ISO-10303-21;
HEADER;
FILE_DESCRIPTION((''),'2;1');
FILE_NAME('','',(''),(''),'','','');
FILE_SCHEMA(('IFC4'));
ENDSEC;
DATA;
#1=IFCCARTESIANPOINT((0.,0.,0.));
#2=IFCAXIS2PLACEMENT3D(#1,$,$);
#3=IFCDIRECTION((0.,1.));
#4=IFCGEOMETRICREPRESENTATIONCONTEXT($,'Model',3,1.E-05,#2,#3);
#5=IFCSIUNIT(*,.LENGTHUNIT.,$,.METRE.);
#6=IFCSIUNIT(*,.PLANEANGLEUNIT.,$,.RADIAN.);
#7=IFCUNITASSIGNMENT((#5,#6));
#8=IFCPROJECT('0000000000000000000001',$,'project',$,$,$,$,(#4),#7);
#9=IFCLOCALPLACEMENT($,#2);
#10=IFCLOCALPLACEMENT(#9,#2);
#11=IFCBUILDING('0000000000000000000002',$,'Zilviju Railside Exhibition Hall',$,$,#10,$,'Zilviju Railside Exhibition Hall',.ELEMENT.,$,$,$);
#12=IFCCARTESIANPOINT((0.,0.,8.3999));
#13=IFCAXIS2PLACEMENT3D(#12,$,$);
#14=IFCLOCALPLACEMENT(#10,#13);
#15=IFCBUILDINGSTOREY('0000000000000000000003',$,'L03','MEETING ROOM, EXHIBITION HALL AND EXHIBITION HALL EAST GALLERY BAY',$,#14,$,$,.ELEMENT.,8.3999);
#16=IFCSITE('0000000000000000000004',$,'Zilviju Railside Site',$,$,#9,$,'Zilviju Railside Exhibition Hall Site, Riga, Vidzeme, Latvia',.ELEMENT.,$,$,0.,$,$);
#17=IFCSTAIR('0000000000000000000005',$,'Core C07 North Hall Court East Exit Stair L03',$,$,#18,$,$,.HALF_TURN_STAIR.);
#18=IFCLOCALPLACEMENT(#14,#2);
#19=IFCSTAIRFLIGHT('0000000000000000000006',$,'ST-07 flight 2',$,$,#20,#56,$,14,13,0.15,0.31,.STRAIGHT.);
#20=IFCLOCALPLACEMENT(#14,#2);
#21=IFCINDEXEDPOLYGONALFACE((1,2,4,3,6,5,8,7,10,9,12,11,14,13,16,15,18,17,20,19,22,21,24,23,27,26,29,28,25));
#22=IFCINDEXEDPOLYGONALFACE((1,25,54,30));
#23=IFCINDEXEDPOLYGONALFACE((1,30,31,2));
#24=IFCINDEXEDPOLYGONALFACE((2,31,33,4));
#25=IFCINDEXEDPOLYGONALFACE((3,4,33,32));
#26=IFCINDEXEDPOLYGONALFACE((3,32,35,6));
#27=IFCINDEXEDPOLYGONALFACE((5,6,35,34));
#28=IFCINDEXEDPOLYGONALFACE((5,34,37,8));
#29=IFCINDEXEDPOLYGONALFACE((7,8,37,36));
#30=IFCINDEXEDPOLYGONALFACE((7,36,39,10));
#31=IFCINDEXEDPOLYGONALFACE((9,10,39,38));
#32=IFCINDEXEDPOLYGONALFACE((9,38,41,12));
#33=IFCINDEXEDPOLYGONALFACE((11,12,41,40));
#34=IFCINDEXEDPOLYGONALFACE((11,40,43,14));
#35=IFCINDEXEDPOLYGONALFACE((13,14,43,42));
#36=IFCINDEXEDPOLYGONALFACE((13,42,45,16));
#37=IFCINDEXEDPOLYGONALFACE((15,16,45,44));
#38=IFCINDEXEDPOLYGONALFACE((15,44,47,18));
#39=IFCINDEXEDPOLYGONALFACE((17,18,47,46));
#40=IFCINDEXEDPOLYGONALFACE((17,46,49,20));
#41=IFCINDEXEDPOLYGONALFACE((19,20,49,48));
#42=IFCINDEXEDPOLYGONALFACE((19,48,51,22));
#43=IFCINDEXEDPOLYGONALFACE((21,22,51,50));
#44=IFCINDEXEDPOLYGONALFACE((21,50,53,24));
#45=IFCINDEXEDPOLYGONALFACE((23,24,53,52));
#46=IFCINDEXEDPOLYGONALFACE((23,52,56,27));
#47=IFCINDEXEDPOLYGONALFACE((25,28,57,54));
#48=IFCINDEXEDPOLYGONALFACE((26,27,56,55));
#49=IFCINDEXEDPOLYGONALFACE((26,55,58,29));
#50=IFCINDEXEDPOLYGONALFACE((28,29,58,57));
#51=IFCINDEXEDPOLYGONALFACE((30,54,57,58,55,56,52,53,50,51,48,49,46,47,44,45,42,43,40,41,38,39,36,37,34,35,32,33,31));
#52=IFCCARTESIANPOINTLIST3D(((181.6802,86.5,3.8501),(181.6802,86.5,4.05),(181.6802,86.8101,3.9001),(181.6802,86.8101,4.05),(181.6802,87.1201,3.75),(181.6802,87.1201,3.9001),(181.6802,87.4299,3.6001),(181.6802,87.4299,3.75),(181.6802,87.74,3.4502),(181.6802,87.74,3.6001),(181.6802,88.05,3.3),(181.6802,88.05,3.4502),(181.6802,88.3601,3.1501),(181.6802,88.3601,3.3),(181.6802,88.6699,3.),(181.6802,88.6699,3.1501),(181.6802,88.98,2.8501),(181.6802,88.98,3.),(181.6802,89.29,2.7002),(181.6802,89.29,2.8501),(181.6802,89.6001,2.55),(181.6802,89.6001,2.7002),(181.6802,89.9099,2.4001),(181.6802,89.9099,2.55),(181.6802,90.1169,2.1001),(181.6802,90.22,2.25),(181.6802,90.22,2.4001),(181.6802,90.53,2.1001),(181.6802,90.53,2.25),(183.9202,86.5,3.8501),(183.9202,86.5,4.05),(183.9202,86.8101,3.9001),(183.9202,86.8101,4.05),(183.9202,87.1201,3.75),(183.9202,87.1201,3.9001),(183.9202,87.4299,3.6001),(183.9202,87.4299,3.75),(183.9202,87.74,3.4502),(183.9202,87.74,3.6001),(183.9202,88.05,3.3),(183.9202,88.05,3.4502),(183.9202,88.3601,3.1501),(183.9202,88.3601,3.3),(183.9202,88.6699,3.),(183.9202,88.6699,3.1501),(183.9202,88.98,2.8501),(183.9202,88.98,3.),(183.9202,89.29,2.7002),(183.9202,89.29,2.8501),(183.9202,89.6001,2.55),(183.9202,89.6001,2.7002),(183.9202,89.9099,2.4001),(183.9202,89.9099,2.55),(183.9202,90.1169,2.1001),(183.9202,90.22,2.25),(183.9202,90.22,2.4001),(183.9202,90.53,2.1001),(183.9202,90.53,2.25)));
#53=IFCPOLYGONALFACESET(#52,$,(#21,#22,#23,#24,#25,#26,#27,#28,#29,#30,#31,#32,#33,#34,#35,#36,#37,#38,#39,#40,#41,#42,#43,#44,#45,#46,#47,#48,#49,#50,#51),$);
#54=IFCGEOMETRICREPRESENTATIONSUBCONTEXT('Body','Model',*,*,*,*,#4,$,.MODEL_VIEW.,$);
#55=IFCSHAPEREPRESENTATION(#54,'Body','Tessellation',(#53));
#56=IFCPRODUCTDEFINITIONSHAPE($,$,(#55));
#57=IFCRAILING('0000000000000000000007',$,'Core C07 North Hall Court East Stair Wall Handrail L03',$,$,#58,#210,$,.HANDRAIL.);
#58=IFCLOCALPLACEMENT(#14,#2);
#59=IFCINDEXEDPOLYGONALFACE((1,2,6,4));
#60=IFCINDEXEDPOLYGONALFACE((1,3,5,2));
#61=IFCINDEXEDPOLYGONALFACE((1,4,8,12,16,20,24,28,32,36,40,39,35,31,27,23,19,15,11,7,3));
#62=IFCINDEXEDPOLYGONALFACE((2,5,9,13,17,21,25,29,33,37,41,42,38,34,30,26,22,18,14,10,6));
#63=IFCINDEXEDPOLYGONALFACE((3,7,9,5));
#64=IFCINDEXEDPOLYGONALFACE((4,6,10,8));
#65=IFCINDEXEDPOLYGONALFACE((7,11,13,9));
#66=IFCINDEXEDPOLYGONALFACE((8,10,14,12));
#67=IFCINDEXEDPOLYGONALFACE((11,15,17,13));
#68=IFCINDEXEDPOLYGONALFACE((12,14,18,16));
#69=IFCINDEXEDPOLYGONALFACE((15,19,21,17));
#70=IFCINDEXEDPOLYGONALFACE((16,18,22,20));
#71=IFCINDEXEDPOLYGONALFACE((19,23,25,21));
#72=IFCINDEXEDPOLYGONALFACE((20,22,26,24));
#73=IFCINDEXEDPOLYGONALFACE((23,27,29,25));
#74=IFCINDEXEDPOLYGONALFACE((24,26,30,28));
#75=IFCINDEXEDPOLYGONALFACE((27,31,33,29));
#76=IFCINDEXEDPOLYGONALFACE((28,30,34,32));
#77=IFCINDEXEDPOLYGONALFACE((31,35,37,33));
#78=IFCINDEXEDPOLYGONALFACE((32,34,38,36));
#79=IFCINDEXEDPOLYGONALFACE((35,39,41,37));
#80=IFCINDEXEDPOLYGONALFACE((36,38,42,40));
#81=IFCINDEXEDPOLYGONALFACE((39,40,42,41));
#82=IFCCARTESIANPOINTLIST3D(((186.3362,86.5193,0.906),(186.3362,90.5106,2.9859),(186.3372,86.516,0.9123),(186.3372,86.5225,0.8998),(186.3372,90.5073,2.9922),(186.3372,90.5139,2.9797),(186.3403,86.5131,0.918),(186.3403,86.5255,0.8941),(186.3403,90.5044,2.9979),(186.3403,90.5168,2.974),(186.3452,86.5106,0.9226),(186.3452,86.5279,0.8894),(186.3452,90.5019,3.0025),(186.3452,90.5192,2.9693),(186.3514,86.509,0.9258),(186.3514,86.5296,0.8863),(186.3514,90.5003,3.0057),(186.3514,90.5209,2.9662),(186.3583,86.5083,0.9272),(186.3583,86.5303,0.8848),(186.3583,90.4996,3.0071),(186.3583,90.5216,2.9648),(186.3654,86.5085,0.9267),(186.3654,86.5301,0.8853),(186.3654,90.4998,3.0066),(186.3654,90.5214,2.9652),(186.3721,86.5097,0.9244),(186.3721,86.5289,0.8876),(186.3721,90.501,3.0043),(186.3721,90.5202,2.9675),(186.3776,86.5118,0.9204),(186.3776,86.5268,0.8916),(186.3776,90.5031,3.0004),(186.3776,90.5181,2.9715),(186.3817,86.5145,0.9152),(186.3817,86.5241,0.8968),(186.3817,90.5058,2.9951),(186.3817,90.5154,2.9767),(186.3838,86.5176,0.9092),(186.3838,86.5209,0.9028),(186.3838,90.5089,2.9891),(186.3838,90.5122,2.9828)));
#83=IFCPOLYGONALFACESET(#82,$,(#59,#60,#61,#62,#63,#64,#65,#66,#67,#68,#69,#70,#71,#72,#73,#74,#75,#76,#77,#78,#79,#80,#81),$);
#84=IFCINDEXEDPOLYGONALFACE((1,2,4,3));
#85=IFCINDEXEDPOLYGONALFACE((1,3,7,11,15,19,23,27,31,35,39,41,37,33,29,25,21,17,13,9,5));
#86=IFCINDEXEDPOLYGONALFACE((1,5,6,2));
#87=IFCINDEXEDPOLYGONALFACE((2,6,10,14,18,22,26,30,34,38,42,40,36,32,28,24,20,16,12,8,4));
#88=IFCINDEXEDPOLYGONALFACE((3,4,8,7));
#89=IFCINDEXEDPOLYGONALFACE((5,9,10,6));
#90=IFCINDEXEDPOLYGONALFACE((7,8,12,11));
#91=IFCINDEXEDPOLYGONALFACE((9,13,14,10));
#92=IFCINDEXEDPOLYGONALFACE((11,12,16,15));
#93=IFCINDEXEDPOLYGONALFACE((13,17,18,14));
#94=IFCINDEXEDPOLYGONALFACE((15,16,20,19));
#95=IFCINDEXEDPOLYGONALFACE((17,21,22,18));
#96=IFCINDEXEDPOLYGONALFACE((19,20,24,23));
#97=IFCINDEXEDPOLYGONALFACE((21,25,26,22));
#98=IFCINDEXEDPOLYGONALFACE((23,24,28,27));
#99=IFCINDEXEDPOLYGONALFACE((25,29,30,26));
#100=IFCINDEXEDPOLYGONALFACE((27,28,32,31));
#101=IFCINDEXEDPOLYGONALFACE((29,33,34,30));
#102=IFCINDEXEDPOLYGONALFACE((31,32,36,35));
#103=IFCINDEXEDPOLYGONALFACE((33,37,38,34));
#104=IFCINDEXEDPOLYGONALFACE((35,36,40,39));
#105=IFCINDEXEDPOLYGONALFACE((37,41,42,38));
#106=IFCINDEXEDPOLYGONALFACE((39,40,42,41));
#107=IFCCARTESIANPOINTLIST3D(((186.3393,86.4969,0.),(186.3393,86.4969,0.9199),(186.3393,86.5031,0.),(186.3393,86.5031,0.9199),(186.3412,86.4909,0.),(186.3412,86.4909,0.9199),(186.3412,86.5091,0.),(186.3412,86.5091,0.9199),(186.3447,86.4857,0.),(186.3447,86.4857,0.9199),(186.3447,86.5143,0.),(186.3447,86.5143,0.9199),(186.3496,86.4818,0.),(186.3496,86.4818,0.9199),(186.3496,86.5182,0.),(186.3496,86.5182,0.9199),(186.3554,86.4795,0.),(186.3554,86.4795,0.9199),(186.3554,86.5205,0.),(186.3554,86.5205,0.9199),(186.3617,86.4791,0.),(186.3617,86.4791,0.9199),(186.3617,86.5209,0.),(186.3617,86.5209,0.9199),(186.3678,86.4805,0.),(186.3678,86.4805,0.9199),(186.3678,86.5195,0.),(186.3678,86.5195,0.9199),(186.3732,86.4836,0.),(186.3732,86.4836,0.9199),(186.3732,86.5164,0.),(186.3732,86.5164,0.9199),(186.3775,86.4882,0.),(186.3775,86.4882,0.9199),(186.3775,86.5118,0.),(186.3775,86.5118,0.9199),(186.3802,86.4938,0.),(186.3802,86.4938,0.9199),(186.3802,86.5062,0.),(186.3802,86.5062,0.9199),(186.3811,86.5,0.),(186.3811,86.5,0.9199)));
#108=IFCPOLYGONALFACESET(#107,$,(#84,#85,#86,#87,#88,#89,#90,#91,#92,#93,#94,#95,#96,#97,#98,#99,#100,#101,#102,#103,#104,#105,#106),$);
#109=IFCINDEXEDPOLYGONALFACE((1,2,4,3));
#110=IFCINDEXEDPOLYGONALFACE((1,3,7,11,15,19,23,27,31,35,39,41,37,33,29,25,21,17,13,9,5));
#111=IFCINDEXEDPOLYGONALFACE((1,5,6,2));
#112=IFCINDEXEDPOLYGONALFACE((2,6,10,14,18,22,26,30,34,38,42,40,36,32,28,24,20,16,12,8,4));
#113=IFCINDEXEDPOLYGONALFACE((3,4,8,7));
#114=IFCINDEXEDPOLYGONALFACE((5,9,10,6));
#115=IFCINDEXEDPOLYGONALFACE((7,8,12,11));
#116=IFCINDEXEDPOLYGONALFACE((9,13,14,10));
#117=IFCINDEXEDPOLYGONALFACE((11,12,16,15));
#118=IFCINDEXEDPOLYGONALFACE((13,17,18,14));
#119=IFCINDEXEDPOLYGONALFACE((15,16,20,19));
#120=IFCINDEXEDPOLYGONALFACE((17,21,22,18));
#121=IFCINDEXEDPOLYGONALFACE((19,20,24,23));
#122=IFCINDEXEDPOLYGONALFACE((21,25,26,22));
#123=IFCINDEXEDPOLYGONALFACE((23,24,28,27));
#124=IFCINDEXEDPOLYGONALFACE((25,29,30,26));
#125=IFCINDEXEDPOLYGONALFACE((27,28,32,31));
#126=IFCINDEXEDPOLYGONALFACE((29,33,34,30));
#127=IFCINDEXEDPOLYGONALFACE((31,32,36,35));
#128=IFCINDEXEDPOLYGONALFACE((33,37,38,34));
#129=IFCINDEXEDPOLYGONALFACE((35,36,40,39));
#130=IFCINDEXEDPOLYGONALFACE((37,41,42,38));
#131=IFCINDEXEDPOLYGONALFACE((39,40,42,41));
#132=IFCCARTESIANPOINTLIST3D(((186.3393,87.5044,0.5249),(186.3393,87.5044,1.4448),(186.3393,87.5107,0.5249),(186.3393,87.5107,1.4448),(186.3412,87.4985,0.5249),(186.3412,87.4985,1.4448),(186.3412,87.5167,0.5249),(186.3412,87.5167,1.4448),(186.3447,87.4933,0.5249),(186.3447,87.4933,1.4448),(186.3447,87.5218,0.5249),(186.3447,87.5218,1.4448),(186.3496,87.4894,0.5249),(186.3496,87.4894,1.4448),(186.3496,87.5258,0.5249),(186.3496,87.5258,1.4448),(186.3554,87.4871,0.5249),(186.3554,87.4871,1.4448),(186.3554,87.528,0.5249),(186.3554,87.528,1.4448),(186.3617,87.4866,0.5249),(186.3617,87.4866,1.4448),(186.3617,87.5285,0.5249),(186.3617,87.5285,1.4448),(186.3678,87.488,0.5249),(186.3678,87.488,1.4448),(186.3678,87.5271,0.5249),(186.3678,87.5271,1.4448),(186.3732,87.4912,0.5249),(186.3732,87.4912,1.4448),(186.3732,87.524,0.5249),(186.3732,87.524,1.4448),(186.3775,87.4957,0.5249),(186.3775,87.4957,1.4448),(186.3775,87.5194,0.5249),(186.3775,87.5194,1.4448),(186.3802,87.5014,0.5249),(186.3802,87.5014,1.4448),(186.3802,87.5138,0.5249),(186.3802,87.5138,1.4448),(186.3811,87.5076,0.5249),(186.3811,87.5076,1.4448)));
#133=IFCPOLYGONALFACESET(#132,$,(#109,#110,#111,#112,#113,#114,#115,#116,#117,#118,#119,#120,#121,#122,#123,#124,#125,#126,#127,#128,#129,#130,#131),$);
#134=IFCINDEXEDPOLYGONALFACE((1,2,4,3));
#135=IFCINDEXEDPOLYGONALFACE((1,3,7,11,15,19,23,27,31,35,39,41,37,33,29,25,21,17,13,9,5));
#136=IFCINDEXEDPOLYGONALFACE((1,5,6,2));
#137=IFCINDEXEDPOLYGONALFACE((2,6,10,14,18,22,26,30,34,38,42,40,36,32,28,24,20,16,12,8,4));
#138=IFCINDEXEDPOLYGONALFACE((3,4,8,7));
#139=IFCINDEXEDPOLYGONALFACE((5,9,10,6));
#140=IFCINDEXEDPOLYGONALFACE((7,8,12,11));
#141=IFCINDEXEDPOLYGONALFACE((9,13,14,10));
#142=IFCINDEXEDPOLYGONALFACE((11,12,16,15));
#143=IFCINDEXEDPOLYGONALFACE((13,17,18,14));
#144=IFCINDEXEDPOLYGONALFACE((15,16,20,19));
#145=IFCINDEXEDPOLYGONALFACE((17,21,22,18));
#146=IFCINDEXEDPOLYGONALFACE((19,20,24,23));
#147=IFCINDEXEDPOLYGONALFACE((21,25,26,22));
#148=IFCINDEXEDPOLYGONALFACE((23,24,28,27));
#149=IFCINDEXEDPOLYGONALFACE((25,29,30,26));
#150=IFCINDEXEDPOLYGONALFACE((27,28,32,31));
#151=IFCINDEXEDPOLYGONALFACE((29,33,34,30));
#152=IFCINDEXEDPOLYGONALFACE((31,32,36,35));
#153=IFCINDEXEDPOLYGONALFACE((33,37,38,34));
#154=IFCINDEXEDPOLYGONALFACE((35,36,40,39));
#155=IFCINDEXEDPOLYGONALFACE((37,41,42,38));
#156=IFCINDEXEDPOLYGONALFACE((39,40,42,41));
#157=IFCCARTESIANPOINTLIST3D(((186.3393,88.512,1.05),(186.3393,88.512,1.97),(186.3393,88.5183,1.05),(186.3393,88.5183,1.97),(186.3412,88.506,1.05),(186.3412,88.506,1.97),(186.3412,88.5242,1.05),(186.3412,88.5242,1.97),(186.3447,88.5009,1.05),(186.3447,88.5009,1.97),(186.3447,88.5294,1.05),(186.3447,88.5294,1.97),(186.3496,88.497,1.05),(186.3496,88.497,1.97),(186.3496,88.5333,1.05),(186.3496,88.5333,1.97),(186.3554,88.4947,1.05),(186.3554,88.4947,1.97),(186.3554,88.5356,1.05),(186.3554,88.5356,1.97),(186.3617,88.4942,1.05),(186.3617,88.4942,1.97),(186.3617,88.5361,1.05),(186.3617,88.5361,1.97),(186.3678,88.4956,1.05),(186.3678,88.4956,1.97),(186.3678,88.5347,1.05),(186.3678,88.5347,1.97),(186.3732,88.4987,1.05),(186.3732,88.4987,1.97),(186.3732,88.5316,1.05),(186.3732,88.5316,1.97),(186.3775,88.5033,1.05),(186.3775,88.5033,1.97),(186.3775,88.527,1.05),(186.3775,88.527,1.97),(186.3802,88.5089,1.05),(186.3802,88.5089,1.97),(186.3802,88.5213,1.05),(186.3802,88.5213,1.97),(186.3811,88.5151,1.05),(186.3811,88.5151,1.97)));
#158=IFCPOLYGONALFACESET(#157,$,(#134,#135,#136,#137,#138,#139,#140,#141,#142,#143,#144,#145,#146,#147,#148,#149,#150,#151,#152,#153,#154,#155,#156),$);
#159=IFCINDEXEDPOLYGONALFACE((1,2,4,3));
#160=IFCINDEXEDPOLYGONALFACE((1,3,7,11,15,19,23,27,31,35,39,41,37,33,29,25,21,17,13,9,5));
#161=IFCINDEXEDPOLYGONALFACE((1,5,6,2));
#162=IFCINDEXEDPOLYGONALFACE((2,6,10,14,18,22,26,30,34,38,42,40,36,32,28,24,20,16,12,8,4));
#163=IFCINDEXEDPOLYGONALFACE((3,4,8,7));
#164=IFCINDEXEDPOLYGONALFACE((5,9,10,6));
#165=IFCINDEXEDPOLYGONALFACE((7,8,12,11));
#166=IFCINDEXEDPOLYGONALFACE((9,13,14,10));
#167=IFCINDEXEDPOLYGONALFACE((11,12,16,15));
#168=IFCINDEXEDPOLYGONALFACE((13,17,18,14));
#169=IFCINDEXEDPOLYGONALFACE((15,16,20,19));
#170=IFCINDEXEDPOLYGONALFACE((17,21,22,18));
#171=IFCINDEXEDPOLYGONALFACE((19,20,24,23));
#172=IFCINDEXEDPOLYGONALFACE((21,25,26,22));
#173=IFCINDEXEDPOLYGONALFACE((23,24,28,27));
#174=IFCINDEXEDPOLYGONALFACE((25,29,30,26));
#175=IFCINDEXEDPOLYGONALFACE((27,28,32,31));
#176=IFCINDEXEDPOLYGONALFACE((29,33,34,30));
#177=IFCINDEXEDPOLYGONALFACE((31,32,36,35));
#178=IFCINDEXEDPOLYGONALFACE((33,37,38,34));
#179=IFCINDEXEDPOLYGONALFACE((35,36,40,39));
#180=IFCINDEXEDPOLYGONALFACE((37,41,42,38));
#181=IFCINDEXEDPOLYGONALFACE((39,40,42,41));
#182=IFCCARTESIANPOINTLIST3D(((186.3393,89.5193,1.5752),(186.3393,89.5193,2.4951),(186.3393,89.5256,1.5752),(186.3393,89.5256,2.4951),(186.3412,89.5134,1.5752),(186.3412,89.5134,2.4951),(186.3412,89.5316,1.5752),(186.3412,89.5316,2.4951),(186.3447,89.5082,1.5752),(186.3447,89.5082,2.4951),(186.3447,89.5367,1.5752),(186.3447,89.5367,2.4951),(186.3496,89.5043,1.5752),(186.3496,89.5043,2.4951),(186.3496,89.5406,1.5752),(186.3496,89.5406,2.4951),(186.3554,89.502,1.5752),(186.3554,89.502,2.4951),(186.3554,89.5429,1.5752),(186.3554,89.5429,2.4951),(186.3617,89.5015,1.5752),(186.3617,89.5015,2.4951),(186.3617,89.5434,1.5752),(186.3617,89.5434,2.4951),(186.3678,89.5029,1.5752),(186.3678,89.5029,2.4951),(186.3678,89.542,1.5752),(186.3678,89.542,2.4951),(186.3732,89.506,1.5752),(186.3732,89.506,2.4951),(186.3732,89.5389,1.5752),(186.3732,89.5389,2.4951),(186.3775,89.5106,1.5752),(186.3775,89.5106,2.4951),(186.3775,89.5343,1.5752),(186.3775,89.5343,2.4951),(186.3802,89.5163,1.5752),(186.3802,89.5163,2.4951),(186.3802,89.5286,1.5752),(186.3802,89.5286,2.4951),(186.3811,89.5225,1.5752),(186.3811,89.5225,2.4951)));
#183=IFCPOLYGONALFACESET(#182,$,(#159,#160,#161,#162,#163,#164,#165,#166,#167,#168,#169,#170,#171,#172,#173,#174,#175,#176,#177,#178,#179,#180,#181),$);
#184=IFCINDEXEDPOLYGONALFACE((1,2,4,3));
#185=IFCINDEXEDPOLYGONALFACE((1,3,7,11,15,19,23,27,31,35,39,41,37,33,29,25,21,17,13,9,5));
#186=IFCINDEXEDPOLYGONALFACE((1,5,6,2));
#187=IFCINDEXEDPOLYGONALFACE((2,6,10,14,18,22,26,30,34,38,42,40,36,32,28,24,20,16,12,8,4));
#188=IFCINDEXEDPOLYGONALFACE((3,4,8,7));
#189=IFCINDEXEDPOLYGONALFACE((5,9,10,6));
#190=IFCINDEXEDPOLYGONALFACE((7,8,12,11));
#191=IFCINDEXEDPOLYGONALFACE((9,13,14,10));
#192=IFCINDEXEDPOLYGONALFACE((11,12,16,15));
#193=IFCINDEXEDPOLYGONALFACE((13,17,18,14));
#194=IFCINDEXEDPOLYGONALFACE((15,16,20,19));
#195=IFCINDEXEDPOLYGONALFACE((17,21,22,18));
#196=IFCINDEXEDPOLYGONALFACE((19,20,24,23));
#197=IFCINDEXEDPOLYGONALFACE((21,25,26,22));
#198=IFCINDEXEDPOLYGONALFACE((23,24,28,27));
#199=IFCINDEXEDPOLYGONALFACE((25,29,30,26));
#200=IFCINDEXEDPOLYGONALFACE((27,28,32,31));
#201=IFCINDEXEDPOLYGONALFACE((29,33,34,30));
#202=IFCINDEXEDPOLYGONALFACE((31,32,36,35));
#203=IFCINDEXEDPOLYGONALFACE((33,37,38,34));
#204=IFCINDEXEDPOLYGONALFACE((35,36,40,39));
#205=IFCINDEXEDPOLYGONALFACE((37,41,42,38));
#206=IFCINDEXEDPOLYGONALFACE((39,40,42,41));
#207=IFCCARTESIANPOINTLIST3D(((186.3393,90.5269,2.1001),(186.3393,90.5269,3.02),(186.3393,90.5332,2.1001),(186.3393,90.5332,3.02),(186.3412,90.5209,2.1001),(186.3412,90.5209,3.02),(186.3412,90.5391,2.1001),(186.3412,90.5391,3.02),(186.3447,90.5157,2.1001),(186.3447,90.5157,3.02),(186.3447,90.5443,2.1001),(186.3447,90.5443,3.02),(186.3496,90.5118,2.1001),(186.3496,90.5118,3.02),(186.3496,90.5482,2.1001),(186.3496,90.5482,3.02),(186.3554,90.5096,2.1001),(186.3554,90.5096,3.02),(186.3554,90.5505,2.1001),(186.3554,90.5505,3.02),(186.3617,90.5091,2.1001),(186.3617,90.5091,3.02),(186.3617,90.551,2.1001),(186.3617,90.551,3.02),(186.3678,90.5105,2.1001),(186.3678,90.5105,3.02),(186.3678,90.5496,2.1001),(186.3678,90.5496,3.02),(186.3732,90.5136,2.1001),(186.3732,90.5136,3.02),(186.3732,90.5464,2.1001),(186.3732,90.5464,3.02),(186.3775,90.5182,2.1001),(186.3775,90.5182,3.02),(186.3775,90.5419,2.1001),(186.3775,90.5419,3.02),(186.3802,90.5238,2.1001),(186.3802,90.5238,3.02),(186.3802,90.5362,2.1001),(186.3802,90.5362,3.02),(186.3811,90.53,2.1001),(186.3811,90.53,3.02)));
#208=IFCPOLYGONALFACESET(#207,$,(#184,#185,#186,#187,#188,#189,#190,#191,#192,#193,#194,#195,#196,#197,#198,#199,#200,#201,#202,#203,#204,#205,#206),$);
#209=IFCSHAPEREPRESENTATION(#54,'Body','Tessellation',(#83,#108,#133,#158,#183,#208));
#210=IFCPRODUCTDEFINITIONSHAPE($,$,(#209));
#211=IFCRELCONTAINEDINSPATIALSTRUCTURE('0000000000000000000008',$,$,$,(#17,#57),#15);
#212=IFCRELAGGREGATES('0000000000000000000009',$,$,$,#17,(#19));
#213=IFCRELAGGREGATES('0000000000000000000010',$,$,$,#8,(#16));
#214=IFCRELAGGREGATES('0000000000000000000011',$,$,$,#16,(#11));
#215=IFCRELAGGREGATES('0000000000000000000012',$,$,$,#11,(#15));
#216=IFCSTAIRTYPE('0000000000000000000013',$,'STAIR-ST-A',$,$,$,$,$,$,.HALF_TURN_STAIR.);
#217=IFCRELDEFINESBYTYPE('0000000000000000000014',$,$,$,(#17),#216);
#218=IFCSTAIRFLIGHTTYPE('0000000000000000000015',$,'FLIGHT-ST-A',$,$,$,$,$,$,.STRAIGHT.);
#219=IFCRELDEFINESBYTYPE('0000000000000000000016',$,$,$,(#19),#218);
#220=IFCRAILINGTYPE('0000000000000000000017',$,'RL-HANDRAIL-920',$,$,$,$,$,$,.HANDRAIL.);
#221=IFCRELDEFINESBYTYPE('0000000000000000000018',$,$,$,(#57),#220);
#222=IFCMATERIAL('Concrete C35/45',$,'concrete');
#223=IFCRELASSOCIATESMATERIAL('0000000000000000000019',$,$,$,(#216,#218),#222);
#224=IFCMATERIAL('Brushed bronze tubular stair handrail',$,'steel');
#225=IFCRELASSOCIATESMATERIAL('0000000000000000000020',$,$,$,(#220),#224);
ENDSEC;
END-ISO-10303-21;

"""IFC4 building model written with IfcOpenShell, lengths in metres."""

from ifc_helpers import new_model, si_unit, direction, frame, origin, origin_2d, place, context, subcontext, project, spatial, polyline, circle, outline, extrude, material, type_object, element, aggregate, save


model = new_model("IFC4")

# Units and contexts
model_context = context("Model", 3, precision=1e-05, world=origin(), true_north=direction((0.0, 1.0)))
body_context = subcontext(model_context, "Body", "Model", "MODEL_VIEW")
ifc_project = project(units=[si_unit("LENGTHUNIT", "METRE"), si_unit("PLANEANGLEUNIT", "RADIAN")], contexts=[model_context])

# Site, building, storey
site_placement = place(None, origin())
site = spatial("IfcSite", under=ifc_project, at=site_placement, Name="Zilviju Railside Site", LongName="Zilviju Railside Exhibition Hall Site, Riga, Vidzeme, Latvia", CompositionType="ELEMENT", RefElevation=0.0)
building_placement = place(site_placement, origin())
building = spatial("IfcBuilding", under=site, at=building_placement, Name="Zilviju Railside Exhibition Hall", LongName="Zilviju Railside Exhibition Hall", CompositionType="ELEMENT")
storey_placement = place(building_placement, frame((0.0, 0.0, 8.3999)))
storey = spatial("IfcBuildingStorey", under=building, at=storey_placement, Name="L03", Description="MEETING ROOM, EXHIBITION HALL AND EXHIBITION HALL EAST GALLERY BAY", CompositionType="ELEMENT", Elevation=8.3999)

# Shared definitions
ifc_material_1 = material(Name="Concrete C35/45", Category="concrete")

# Stair, stair flight
stair_type = type_object("IfcStairType", Name="STAIR-ST-A", PredefinedType="HALF_TURN_STAIR", material=ifc_material_1)
stair_placement = place(storey_placement, origin())
stair = element("IfcStair", 1, at=stair_placement, inside=storey, type_object=stair_type, Name="Core C07 North Hall Court East Exit Stair L03", PredefinedType="HALF_TURN_STAIR")
stair_flight_type = type_object("IfcStairFlightType", Name="FLIGHT-ST-A", PredefinedType="STRAIGHT", material=ifc_material_1)
stair_flight_1_placement = place(storey_placement, frame((182.8, 90.53, 2.1001), z_axis=(0.0, 0.0, 1.0), x_axis=(0.0, -1.0, 0.0)))
stair_flight_1 = element("IfcStairFlight", 2, at=stair_flight_1_placement, type_object=stair_flight_type, Name="ST-07 flight 2", NumberOfRisers=14, NumberOfTreads=13, PredefinedType="STRAIGHT", RiserHeight=0.15, TreadLength=0.31, context=body_context, shape_type="SweptSolid", body=[
    extrude(outline(polyline([(0.0, 0.0), (0.0, 0.1499), (0.3101, 0.1499), (0.3101, 0.3), (0.6201, 0.3), (0.6201, 0.45), (0.9299, 0.45), (0.9299, 0.6001), (1.24, 0.6001), (1.24, 0.75), (1.55, 0.75), (1.55, 0.8999), (1.8601, 0.8999), (1.8601, 1.05), (2.1699, 1.05), (2.1699, 1.2), (2.48, 1.2), (2.48, 1.3501), (2.79, 1.3501), (2.79, 1.5), (3.1001, 1.5), (3.1001, 1.6499), (3.4099, 1.6499), (3.4099, 1.8), (3.72, 1.8), (3.72, 1.95), (4.03, 1.95), (4.03, 2.1001), (4.03, 1.75), (0.4131, 0.0), (0.0, 0.0)])), frame((0.0, 1.1201, 0.0), z_axis=(0.0, -1.0, 0.0), x_axis=(1.0, 0.0, 0.0)), (0.0, 0.0, 1.0), 2.24),
])
aggregate(stair, [stair_flight_1])

# Railing
ifc_material_2 = material(Name="Brushed bronze tubular stair handrail", Category="steel")
railing_type_1 = type_object("IfcRailingType", Name="RL-HANDRAIL-920", PredefinedType="HANDRAIL", material=ifc_material_2)
railing_1_placement = place(storey_placement, frame((186.3601, 86.5, 0.0)))
element("IfcRailing", 3, at=railing_1_placement, inside=storey, type_object=railing_type_1, Name="Core C07 North Hall Court East Stair Wall Handrail L03", PredefinedType="HANDRAIL", context=body_context, shape_type="SweptSolid", body=[
    extrude(circle(Radius=0.0239, at=origin_2d()), frame((0.0, 0.0193, 0.906), z_axis=(0.0, 0.886813, 0.462129), x_axis=(-1.0, 0.0, 0.0)), (0.0, 0.0, 1.0), 4.5007),
    extrude(circle(Radius=0.021, at=origin_2d()), origin(), (0.0, 0.0, 1.0), 0.9199),
    extrude(circle(Radius=0.021, at=origin_2d()), frame((0.0, 1.0076, 0.5249)), (0.0, 0.0, 1.0), 0.9199),
    extrude(circle(Radius=0.021, at=origin_2d()), frame((0.0, 2.0151, 1.05)), (0.0, 0.0, 1.0), 0.9199),
    extrude(circle(Radius=0.021, at=origin_2d()), frame((0.0, 3.0225, 1.5752)), (0.0, 0.0, 1.0), 0.9199),
    extrude(circle(Radius=0.021, at=origin_2d()), frame((0.0, 4.03, 2.1001)), (0.0, 0.0, 1.0), 0.9199),
])

save(model, "model.ifc")
